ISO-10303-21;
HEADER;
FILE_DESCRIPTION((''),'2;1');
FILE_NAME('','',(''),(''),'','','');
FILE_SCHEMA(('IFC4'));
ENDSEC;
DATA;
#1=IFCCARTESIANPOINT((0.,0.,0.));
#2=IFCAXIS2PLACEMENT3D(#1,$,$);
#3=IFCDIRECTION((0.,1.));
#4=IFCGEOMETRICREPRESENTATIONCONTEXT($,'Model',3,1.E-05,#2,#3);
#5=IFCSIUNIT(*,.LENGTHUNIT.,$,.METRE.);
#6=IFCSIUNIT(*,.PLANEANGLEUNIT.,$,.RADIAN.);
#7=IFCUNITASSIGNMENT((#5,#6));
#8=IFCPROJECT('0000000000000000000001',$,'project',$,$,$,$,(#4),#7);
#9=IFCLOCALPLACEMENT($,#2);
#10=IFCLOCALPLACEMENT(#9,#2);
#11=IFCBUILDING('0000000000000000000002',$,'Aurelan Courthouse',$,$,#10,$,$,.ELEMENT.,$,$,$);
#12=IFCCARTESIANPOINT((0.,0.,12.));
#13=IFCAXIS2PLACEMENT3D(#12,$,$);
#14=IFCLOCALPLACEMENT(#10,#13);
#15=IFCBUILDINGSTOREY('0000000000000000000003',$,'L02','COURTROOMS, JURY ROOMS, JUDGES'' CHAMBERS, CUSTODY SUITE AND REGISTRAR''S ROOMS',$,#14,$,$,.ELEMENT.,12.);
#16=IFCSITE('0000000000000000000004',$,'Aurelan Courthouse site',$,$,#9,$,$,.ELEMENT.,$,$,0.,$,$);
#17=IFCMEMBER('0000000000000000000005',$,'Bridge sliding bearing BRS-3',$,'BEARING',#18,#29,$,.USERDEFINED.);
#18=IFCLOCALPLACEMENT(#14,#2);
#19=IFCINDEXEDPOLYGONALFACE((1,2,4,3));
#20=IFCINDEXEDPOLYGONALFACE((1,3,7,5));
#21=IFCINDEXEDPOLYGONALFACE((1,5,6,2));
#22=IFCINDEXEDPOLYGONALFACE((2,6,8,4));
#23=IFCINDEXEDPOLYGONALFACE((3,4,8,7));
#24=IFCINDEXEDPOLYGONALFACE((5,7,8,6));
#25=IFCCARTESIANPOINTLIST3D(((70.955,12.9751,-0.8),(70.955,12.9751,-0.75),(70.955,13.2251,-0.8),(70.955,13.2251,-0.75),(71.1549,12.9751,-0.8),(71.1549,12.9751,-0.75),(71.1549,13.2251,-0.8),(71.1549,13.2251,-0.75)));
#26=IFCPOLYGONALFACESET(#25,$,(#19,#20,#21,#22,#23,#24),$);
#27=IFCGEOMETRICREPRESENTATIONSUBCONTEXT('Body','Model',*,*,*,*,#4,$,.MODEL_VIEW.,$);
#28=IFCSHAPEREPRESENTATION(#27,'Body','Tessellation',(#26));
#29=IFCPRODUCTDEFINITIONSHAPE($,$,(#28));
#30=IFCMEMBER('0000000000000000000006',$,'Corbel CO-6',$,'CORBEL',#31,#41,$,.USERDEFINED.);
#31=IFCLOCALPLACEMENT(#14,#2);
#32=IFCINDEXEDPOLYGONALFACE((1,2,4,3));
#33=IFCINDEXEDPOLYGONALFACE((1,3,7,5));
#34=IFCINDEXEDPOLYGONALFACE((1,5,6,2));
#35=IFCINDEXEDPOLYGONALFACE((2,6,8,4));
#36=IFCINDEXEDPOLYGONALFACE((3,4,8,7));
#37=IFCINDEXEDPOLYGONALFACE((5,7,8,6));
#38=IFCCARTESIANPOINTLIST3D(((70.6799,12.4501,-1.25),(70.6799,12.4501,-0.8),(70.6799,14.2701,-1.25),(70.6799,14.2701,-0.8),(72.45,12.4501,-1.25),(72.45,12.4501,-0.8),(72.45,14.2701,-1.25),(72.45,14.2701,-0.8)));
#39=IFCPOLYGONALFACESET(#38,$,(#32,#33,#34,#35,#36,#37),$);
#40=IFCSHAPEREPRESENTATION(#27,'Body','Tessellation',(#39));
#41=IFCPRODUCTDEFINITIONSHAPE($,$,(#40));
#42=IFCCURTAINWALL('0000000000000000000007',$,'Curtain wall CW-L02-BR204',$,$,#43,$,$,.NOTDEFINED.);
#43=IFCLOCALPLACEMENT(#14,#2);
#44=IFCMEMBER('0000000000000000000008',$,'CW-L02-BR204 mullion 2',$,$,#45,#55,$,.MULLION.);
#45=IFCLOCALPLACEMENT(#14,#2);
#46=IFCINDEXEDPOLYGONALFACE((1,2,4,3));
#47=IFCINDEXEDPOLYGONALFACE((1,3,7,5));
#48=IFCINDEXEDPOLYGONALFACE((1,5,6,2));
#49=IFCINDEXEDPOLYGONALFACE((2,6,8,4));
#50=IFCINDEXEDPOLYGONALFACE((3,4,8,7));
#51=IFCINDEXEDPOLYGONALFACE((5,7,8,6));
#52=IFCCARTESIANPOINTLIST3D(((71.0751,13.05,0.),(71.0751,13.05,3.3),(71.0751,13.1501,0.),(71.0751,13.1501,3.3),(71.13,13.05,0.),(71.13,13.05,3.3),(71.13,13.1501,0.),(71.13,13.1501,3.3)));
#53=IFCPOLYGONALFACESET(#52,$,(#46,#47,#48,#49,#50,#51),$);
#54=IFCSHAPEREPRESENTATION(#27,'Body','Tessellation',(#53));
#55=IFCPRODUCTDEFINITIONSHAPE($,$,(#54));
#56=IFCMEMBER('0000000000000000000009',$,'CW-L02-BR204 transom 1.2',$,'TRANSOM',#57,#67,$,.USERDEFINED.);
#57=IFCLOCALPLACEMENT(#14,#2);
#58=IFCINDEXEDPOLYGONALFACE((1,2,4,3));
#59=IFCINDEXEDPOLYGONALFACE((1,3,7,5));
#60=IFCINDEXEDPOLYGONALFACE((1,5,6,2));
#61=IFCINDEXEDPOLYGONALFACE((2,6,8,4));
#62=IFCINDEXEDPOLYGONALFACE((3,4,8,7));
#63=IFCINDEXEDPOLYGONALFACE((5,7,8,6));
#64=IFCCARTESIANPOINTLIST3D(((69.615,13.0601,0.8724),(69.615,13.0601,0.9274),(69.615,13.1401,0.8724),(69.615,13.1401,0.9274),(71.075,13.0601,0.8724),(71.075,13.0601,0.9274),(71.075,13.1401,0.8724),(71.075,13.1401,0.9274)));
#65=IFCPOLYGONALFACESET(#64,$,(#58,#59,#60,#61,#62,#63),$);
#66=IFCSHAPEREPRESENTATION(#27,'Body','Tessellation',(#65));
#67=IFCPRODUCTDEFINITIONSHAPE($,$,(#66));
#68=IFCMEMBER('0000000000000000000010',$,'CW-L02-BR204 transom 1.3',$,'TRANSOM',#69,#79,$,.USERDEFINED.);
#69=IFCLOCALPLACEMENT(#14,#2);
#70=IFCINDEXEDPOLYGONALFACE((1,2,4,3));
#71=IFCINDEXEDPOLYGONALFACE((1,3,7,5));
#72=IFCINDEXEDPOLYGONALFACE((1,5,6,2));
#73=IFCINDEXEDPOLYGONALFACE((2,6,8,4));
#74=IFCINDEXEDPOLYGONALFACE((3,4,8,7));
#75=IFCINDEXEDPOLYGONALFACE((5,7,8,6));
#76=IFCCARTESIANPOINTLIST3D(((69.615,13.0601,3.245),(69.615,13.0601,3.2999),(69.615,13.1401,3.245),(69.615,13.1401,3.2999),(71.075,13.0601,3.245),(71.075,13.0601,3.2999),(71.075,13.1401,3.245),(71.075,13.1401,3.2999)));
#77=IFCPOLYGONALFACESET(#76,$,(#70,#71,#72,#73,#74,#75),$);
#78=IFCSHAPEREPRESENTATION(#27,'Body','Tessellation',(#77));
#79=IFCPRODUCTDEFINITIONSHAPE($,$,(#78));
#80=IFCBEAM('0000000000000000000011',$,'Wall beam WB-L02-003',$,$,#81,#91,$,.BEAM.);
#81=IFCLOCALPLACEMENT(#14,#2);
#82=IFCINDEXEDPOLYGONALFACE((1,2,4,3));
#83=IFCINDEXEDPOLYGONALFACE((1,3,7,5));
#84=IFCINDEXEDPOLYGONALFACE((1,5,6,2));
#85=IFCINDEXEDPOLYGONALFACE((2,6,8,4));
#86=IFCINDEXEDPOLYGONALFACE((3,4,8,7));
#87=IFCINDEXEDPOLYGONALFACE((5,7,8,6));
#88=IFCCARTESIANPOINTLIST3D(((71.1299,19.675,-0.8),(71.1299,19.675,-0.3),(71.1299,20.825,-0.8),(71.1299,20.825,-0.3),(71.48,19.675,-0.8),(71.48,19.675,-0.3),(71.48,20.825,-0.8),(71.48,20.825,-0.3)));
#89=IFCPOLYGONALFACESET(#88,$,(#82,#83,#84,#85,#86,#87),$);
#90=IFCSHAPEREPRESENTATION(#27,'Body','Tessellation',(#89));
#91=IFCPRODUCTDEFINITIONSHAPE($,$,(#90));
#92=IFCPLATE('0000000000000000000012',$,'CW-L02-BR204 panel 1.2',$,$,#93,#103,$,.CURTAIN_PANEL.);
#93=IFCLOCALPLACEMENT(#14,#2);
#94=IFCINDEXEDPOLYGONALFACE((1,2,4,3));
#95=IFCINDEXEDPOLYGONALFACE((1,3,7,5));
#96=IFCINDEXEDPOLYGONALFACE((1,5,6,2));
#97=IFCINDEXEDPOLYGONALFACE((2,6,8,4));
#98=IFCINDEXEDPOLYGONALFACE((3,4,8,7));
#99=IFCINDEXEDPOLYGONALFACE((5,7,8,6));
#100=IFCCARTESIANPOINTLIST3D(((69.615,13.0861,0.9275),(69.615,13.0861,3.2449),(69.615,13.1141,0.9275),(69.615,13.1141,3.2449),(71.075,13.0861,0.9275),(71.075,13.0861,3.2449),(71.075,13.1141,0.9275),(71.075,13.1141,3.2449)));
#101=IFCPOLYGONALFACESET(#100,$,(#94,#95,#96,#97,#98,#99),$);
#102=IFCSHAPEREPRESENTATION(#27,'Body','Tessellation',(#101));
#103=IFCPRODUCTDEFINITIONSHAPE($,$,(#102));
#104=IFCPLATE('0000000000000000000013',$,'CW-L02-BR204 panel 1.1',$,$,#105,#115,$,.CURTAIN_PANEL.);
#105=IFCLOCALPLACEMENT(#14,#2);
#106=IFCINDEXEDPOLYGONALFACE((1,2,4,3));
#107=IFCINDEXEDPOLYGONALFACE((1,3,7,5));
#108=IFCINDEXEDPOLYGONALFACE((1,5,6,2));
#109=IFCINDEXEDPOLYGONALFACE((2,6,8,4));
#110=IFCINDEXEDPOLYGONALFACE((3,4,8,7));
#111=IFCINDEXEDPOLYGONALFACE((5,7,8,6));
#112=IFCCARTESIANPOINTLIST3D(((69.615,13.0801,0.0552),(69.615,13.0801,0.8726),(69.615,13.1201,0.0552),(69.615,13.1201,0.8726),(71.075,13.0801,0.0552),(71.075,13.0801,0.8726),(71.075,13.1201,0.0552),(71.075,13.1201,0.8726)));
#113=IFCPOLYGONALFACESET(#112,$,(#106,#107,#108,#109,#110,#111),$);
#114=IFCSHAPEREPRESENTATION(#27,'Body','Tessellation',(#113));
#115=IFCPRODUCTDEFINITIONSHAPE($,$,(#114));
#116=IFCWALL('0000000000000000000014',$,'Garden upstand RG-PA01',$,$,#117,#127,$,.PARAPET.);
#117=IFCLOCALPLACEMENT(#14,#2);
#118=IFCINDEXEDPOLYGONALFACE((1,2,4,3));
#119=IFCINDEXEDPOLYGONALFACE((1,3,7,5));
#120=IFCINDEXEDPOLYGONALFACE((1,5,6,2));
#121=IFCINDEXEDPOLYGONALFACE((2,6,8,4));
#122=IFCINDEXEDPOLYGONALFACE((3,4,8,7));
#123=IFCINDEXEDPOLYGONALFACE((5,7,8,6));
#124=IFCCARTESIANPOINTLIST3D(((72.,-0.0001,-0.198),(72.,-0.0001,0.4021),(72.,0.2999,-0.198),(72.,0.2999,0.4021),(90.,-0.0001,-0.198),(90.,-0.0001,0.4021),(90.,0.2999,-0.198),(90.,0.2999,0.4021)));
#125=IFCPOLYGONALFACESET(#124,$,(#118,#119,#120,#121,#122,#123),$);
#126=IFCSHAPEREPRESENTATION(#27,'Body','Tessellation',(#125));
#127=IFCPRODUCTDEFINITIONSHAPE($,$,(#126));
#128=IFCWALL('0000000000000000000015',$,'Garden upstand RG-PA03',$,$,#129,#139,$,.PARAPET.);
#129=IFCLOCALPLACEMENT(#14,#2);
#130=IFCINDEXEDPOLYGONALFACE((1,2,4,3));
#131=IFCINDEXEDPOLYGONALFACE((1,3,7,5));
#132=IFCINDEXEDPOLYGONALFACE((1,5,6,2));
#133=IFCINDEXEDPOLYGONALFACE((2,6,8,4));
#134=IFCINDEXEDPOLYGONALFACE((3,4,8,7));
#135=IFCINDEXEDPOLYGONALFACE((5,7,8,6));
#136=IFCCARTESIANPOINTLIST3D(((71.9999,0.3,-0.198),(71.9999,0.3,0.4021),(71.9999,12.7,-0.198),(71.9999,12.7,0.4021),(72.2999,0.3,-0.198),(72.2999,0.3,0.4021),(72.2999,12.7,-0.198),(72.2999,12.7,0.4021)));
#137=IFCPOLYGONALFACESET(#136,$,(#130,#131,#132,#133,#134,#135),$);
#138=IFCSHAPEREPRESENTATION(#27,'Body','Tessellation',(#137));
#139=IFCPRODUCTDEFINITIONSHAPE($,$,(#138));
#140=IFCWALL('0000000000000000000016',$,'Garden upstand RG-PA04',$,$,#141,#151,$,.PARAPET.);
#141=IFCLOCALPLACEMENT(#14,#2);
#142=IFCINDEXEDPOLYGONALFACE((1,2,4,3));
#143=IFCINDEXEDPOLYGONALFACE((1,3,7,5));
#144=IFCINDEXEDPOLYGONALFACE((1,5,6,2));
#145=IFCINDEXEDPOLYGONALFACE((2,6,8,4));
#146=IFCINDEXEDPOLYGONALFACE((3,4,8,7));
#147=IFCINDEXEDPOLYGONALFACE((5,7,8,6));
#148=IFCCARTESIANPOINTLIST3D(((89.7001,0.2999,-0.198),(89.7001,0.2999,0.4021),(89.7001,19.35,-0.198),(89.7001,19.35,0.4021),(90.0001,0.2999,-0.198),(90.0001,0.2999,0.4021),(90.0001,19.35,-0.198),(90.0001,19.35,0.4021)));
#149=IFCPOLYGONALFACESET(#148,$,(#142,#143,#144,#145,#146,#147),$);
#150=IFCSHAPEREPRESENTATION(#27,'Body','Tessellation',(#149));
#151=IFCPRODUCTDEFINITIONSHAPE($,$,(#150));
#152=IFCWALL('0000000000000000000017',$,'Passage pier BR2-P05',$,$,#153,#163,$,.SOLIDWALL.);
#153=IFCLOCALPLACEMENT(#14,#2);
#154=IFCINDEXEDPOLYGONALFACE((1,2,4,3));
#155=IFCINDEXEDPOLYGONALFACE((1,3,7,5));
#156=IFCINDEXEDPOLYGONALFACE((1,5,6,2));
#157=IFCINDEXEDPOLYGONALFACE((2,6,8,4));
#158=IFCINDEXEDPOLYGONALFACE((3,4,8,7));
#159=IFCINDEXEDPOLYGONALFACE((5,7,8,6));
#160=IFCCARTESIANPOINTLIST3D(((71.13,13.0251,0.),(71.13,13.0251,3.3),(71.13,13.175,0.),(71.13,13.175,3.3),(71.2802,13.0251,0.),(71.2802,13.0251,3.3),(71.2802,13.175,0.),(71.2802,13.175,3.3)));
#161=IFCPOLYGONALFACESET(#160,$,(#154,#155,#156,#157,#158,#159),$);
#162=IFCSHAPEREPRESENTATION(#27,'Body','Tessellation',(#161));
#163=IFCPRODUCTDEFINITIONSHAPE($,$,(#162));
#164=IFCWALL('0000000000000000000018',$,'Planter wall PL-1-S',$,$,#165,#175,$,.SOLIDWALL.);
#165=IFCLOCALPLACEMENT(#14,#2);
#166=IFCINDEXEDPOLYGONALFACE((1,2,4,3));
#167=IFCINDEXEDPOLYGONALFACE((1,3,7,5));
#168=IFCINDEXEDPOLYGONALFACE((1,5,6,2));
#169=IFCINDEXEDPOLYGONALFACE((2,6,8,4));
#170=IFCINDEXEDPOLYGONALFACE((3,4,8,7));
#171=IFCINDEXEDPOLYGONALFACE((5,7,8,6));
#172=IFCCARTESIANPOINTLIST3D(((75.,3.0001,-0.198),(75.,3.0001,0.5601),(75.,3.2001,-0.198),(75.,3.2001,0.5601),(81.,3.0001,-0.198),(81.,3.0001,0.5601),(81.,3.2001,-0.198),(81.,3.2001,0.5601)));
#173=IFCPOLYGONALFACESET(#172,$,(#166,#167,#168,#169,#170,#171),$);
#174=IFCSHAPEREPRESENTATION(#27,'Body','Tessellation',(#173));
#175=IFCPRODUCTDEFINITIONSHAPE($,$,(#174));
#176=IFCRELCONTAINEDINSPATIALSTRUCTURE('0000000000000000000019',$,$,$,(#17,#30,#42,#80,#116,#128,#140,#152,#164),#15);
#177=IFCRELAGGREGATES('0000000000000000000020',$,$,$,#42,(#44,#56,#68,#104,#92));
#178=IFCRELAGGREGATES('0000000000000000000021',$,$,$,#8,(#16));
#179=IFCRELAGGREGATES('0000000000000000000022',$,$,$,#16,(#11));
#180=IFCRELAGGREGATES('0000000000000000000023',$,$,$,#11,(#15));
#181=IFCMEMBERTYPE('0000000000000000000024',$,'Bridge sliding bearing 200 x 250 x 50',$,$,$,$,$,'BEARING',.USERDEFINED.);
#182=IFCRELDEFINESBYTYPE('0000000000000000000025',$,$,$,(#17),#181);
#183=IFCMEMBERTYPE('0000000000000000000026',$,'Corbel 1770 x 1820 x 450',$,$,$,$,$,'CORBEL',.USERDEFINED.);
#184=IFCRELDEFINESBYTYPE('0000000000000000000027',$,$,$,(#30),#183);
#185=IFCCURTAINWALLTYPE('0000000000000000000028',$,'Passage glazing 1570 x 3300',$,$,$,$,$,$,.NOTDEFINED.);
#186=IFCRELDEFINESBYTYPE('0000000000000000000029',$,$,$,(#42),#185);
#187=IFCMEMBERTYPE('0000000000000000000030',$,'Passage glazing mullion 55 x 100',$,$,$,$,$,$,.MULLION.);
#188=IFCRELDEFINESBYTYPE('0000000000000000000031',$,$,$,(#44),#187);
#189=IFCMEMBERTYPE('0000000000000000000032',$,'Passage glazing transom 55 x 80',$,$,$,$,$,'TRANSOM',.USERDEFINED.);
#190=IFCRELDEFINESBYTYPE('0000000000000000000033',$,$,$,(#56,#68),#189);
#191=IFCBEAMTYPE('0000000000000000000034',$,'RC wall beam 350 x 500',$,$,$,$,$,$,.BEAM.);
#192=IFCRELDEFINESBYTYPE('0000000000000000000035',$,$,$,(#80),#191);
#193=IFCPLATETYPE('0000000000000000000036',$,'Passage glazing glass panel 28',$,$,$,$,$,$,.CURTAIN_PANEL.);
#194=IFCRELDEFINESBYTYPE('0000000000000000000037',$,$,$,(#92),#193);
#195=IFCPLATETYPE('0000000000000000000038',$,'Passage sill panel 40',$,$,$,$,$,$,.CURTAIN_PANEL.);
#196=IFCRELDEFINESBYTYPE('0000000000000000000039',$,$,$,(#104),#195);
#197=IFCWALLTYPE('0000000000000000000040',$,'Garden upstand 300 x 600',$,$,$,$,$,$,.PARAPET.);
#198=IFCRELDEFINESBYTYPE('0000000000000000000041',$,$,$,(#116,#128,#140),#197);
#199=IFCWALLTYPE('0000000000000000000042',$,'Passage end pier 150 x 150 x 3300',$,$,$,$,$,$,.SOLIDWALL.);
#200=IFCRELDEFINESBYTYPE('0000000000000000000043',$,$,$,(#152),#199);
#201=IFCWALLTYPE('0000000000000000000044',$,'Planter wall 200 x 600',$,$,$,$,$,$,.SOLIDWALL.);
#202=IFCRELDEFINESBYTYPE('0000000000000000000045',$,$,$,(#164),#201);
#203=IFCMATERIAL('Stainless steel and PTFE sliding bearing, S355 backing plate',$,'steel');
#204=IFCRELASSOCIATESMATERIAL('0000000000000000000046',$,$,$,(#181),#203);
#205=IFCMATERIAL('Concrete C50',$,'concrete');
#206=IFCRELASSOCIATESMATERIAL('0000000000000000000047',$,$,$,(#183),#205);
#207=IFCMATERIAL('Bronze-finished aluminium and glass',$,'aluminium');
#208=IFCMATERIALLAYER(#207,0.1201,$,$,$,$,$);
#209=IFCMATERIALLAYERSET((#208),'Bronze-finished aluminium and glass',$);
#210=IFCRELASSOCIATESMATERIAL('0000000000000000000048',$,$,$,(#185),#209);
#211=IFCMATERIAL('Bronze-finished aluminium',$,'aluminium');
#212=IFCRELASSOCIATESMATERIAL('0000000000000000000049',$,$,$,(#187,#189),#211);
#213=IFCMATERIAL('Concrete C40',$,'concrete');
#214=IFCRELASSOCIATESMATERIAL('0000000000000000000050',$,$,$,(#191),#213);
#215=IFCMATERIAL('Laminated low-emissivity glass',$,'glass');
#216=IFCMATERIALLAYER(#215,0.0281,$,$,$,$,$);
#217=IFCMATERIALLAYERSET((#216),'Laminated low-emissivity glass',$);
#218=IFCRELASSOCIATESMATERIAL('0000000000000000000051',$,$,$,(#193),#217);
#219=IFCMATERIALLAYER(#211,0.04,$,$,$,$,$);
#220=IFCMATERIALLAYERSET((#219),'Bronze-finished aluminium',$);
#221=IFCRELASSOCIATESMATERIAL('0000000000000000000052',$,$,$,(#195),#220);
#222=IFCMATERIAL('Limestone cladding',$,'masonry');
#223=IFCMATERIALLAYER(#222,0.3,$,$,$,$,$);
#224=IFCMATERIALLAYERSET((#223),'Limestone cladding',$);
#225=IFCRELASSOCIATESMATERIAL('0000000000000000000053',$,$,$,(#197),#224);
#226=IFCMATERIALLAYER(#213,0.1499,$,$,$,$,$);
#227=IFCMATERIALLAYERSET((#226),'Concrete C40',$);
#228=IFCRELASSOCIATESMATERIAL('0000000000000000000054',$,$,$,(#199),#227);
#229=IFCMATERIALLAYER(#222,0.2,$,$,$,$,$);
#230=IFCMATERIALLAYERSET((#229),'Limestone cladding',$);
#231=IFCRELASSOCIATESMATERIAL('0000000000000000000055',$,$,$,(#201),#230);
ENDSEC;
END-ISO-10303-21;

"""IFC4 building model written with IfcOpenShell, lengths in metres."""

from ifc_helpers import new_model, si_unit, direction, frame, frame_2d, origin, origin_2d, place, context, subcontext, project, spatial, rectangle, extrude, material, layer, layer_set, material_profile, profile_set, type_object, element, aggregate, save


model = new_model("IFC4")

# Units and contexts
model_context = context("Model", 3, precision=1e-05, world=origin(), true_north=direction((0.0, 1.0)))
body_context = subcontext(model_context, "Body", "Model", "MODEL_VIEW")
ifc_project = project(units=[si_unit("LENGTHUNIT", "METRE"), si_unit("PLANEANGLEUNIT", "RADIAN")], contexts=[model_context])

# Site, building, storey
site_placement = place(None, origin())
site = spatial("IfcSite", under=ifc_project, at=site_placement, Name="Aurelan Courthouse site", CompositionType="ELEMENT", RefElevation=0.0)
building_placement = place(site_placement, origin())
building = spatial("IfcBuilding", under=site, at=building_placement, Name="Aurelan Courthouse", CompositionType="ELEMENT")
storey_placement = place(building_placement, frame((0.0, 0.0, 12.0)))
storey = spatial("IfcBuildingStorey", under=building, at=storey_placement, Name="L02", Description="COURTROOMS, JURY ROOMS, JUDGES' CHAMBERS, CUSTODY SUITE AND REGISTRAR'S ROOMS", CompositionType="ELEMENT", Elevation=12.0)

# Members
ifc_material_1 = material(Name="Stainless steel and PTFE sliding bearing, S355 backing plate", Category="steel")
ifc_material_profile_1 = material_profile(ifc_material_1, rectangle(XDim=0.2, YDim=0.25, at=origin_2d()), Name="PL 200 x 250")
ifc_profile_set_1 = profile_set([ifc_material_profile_1], Name="Stainless steel and PTFE sliding bearing, S355 backing plate")
member_type_1 = type_object("IfcMemberType", Name="Bridge sliding bearing 200 x 250 x 50", ElementType="BEARING", PredefinedType="USERDEFINED", material=ifc_profile_set_1)
member_1_placement = place(storey_placement, frame((71.0549, 13.1001, -0.8), z_axis=(0.0, 0.0, 1.0), x_axis=(1.0, 0.0, 0.0)))
element("IfcMember", 1, at=member_1_placement, inside=storey, type_object=member_type_1, Name="Bridge sliding bearing BRS-3", ObjectType="BEARING", PredefinedType="USERDEFINED", context=body_context, shape_type="SweptSolid", body=[
    extrude(rectangle(XDim=0.2, YDim=0.25, at=origin_2d()), origin(), (0.0, 0.0, 1.0), 0.05),
])
ifc_material_2 = material(Name="Concrete C50", Category="concrete")
member_type_2 = type_object("IfcMemberType", Name="Corbel 1770 x 1820 x 450", ElementType="CORBEL", PredefinedType="USERDEFINED", material=ifc_material_2)
member_2_placement = place(storey_placement, frame((71.5649, 13.3601, -1.25), z_axis=(0.0, 0.0, 1.0), x_axis=(1.0, 0.0, 0.0)))
element("IfcMember", 2, at=member_2_placement, inside=storey, type_object=member_type_2, Name="Corbel CO-6", ObjectType="CORBEL", PredefinedType="USERDEFINED", context=body_context, shape_type="SweptSolid", body=[
    extrude(rectangle(XDim=1.77, YDim=1.8201, at=origin_2d()), origin(), (0.0, 0.0, 1.0), 0.45),
])

# Curtain wall, members
ifc_material_3 = material(Name="Bronze-finished aluminium and glass", Category="aluminium")
ifc_layer_1 = layer(ifc_material_3, 0.1201)
ifc_layer_set_1 = layer_set([ifc_layer_1], Name="Bronze-finished aluminium and glass")
curtain_wall_type = type_object("IfcCurtainWallType", Name="Passage glazing 1570 x 3300", PredefinedType="NOTDEFINED", material=ifc_layer_set_1)
curtain_wall_placement = place(storey_placement, origin())
curtain_wall = element("IfcCurtainWall", 3, at=curtain_wall_placement, inside=storey, type_object=curtain_wall_type, Name="Curtain wall CW-L02-BR204", PredefinedType="NOTDEFINED")
ifc_material_4 = material(Name="Bronze-finished aluminium", Category="aluminium")
ifc_material_profile_2 = material_profile(ifc_material_4, rectangle(XDim=0.1001, YDim=0.0549, at=origin_2d()), Name="Passage glazing mullion 55 x 100")
ifc_profile_set_2 = profile_set([ifc_material_profile_2], Name="Bronze-finished aluminium")
member_type_3 = type_object("IfcMemberType", Name="Passage glazing mullion 55 x 100", PredefinedType="MULLION", material=ifc_profile_set_2)
member_3_placement = place(storey_placement, frame((71.1025, 13.1001, 0.0), z_axis=(0.0, 0.0, 1.0), x_axis=(0.0, 1.0, 0.0)))
member_3 = element("IfcMember", 4, at=member_3_placement, type_object=member_type_3, Name="CW-L02-BR204 mullion 2", PredefinedType="MULLION", context=body_context, shape_type="SweptSolid", body=[
    extrude(rectangle(XDim=0.1001, YDim=0.0549, at=origin_2d()), origin(), (0.0, 0.0, 1.0), 3.3),
])
ifc_material_profile_3 = material_profile(ifc_material_4, rectangle(XDim=0.0801, YDim=0.0549, at=origin_2d()), Name="Passage glazing transom 55 x 80")
ifc_profile_set_3 = profile_set([ifc_material_profile_3], Name="Bronze-finished aluminium")
member_type_4 = type_object("IfcMemberType", Name="Passage glazing transom 55 x 80", ElementType="TRANSOM", PredefinedType="USERDEFINED", material=ifc_profile_set_3)
member_4_placement = place(storey_placement, frame((69.615, 13.1001, 0.8999), z_axis=(1.0, 0.0, 0.0), x_axis=(0.0, 1.0, 0.0)))
member_4 = element("IfcMember", 5, at=member_4_placement, type_object=member_type_4, Name="CW-L02-BR204 transom 1.2", ObjectType="TRANSOM", PredefinedType="USERDEFINED", context=body_context, shape_type="SweptSolid", body=[
    extrude(rectangle(XDim=0.0801, YDim=0.0549, at=origin_2d()), origin(), (0.0, 0.0, 1.0), 1.46),
])
member_5_placement = place(storey_placement, frame((69.615, 13.1001, 3.2725), z_axis=(1.0, 0.0, 0.0), x_axis=(0.0, 1.0, 0.0)))
member_5 = element("IfcMember", 6, at=member_5_placement, type_object=member_type_4, Name="CW-L02-BR204 transom 1.3", ObjectType="TRANSOM", PredefinedType="USERDEFINED", context=body_context, shape_type="SweptSolid", body=[
    extrude(rectangle(XDim=0.0801, YDim=0.0549, at=origin_2d()), origin(), (0.0, 0.0, 1.0), 1.46),
])

# Beam
ifc_material_5 = material(Name="Concrete C40", Category="concrete")
ifc_material_profile_4 = material_profile(ifc_material_5, rectangle(XDim=0.3501, YDim=0.5, at=origin_2d()), Name="RC 350 x 500")
ifc_profile_set_4 = profile_set([ifc_material_profile_4], Name="Concrete C40")
beam_type = type_object("IfcBeamType", Name="RC wall beam 350 x 500", PredefinedType="BEAM", material=ifc_profile_set_4)
beam_placement = place(storey_placement, frame((71.3049, 19.675, -0.55), z_axis=(0.0, 1.0, 0.0), x_axis=(-1.0, 0.0, 0.0)))
element("IfcBeam", 7, at=beam_placement, inside=storey, type_object=beam_type, Name="Wall beam WB-L02-003", PredefinedType="BEAM", context=body_context, shape_type="SweptSolid", body=[
    extrude(rectangle(XDim=0.3501, YDim=0.5, at=origin_2d()), origin(), (0.0, 0.0, 1.0), 1.1499),
])

# Plates
ifc_material_6 = material(Name="Laminated low-emissivity glass", Category="glass")
ifc_layer_2 = layer(ifc_material_6, 0.0281)
ifc_layer_set_2 = layer_set([ifc_layer_2], Name="Laminated low-emissivity glass")
plate_type_1 = type_object("IfcPlateType", Name="Passage glazing glass panel 28", PredefinedType="CURTAIN_PANEL", material=ifc_layer_set_2)
plate_1_placement = place(storey_placement, frame((70.345, 13.1001, 0.9275), z_axis=(0.0, 0.0, 1.0), x_axis=(1.0, 0.0, 0.0)))
plate_1 = element("IfcPlate", 8, at=plate_1_placement, type_object=plate_type_1, Name="CW-L02-BR204 panel 1.2", PredefinedType="CURTAIN_PANEL", context=body_context, shape_type="SweptSolid", body=[
    extrude(rectangle(XDim=1.46, YDim=0.0281, at=origin_2d()), origin(), (0.0, 0.0, 1.0), 2.3174),
])
ifc_layer_3 = layer(ifc_material_4, 0.04)
ifc_layer_set_3 = layer_set([ifc_layer_3], Name="Bronze-finished aluminium")
plate_type_2 = type_object("IfcPlateType", Name="Passage sill panel 40", PredefinedType="CURTAIN_PANEL", material=ifc_layer_set_3)
plate_2_placement = place(storey_placement, frame((70.345, 13.1001, 0.0552), z_axis=(0.0, 0.0, 1.0), x_axis=(1.0, 0.0, 0.0)))
plate_2 = element("IfcPlate", 9, at=plate_2_placement, type_object=plate_type_2, Name="CW-L02-BR204 panel 1.1", PredefinedType="CURTAIN_PANEL", context=body_context, shape_type="SweptSolid", body=[
    extrude(rectangle(XDim=1.46, YDim=0.04, at=origin_2d()), origin(), (0.0, 0.0, 1.0), 0.8174),
])
aggregate(curtain_wall, [member_3, member_4, member_5, plate_2, plate_1])

# Walls
ifc_material_7 = material(Name="Limestone cladding", Category="masonry")
ifc_layer_4 = layer(ifc_material_7, 0.3)
ifc_layer_set_4 = layer_set([ifc_layer_4], Name="Limestone cladding")
wall_type_1 = type_object("IfcWallType", Name="Garden upstand 300 x 600", PredefinedType="PARAPET", material=ifc_layer_set_4)
wall_1_placement = place(storey_placement, frame((72.0, 0.1499, -0.198), z_axis=(0.0, 0.0, 1.0), x_axis=(1.0, 0.0, 0.0)))
element("IfcWall", 10, at=wall_1_placement, inside=storey, type_object=wall_type_1, Name="Garden upstand RG-PA01", PredefinedType="PARAPET", context=body_context, shape_type="SweptSolid", body=[
    extrude(rectangle(XDim=18.0, YDim=0.3, at=frame_2d((9.0, 0.0))), origin(), (0.0, 0.0, 1.0), 0.6001),
])
wall_2_placement = place(storey_placement, frame((72.1499, 0.3, -0.198), z_axis=(0.0, 0.0, 1.0), x_axis=(0.0, 1.0, 0.0)))
element("IfcWall", 11, at=wall_2_placement, inside=storey, type_object=wall_type_1, Name="Garden upstand RG-PA03", PredefinedType="PARAPET", context=body_context, shape_type="SweptSolid", body=[
    extrude(rectangle(XDim=12.3999, YDim=0.3, at=frame_2d((6.2, 0.0))), origin(), (0.0, 0.0, 1.0), 0.6001),
])
wall_3_placement = place(storey_placement, frame((89.8501, 0.3, -0.198), z_axis=(0.0, 0.0, 1.0), x_axis=(0.0, 1.0, 0.0)))
element("IfcWall", 12, at=wall_3_placement, inside=storey, type_object=wall_type_1, Name="Garden upstand RG-PA04", PredefinedType="PARAPET", context=body_context, shape_type="SweptSolid", body=[
    extrude(rectangle(XDim=19.05, YDim=0.3, at=frame_2d((9.5249, 0.0))), origin(), (0.0, 0.0, 1.0), 0.6001),
])
ifc_layer_5 = layer(ifc_material_5, 0.1499)
ifc_layer_set_5 = layer_set([ifc_layer_5], Name="Concrete C40")
wall_type_2 = type_object("IfcWallType", Name="Passage end pier 150 x 150 x 3300", PredefinedType="SOLIDWALL", material=ifc_layer_set_5)
wall_4_placement = place(storey_placement, frame((71.1299, 13.1001, 0.0), z_axis=(0.0, 0.0, 1.0), x_axis=(1.0, 0.0, 0.0)))
element("IfcWall", 13, at=wall_4_placement, inside=storey, type_object=wall_type_2, Name="Passage pier BR2-P05", PredefinedType="SOLIDWALL", context=body_context, shape_type="SweptSolid", body=[
    extrude(rectangle(XDim=0.1501, YDim=0.1499, at=frame_2d((0.0752, 0.0))), origin(), (0.0, 0.0, 1.0), 3.3),
])
ifc_layer_6 = layer(ifc_material_7, 0.2)
ifc_layer_set_6 = layer_set([ifc_layer_6], Name="Limestone cladding")
wall_type_3 = type_object("IfcWallType", Name="Planter wall 200 x 600", PredefinedType="SOLIDWALL", material=ifc_layer_set_6)
for number, where, z_axis, x_axis, name in (
    (14, (75.0, 3.1001, -0.198), (0.0, 0.0, 1.0), (1.0, 0.0, 0.0), "Planter wall PL-1-S"),
):
    element("IfcWall", number, at=place(storey_placement, frame(where, z_axis=z_axis, x_axis=x_axis)), inside=storey, type_object=wall_type_3, Name=name, PredefinedType="SOLIDWALL", context=body_context, shape_type="SweptSolid", body=[
        extrude(rectangle(XDim=6.0, YDim=0.2, at=frame_2d((3.0, 0.0))), origin(), (0.0, 0.0, 1.0), 0.7581),
    ])

save(model, "model.ifc")
